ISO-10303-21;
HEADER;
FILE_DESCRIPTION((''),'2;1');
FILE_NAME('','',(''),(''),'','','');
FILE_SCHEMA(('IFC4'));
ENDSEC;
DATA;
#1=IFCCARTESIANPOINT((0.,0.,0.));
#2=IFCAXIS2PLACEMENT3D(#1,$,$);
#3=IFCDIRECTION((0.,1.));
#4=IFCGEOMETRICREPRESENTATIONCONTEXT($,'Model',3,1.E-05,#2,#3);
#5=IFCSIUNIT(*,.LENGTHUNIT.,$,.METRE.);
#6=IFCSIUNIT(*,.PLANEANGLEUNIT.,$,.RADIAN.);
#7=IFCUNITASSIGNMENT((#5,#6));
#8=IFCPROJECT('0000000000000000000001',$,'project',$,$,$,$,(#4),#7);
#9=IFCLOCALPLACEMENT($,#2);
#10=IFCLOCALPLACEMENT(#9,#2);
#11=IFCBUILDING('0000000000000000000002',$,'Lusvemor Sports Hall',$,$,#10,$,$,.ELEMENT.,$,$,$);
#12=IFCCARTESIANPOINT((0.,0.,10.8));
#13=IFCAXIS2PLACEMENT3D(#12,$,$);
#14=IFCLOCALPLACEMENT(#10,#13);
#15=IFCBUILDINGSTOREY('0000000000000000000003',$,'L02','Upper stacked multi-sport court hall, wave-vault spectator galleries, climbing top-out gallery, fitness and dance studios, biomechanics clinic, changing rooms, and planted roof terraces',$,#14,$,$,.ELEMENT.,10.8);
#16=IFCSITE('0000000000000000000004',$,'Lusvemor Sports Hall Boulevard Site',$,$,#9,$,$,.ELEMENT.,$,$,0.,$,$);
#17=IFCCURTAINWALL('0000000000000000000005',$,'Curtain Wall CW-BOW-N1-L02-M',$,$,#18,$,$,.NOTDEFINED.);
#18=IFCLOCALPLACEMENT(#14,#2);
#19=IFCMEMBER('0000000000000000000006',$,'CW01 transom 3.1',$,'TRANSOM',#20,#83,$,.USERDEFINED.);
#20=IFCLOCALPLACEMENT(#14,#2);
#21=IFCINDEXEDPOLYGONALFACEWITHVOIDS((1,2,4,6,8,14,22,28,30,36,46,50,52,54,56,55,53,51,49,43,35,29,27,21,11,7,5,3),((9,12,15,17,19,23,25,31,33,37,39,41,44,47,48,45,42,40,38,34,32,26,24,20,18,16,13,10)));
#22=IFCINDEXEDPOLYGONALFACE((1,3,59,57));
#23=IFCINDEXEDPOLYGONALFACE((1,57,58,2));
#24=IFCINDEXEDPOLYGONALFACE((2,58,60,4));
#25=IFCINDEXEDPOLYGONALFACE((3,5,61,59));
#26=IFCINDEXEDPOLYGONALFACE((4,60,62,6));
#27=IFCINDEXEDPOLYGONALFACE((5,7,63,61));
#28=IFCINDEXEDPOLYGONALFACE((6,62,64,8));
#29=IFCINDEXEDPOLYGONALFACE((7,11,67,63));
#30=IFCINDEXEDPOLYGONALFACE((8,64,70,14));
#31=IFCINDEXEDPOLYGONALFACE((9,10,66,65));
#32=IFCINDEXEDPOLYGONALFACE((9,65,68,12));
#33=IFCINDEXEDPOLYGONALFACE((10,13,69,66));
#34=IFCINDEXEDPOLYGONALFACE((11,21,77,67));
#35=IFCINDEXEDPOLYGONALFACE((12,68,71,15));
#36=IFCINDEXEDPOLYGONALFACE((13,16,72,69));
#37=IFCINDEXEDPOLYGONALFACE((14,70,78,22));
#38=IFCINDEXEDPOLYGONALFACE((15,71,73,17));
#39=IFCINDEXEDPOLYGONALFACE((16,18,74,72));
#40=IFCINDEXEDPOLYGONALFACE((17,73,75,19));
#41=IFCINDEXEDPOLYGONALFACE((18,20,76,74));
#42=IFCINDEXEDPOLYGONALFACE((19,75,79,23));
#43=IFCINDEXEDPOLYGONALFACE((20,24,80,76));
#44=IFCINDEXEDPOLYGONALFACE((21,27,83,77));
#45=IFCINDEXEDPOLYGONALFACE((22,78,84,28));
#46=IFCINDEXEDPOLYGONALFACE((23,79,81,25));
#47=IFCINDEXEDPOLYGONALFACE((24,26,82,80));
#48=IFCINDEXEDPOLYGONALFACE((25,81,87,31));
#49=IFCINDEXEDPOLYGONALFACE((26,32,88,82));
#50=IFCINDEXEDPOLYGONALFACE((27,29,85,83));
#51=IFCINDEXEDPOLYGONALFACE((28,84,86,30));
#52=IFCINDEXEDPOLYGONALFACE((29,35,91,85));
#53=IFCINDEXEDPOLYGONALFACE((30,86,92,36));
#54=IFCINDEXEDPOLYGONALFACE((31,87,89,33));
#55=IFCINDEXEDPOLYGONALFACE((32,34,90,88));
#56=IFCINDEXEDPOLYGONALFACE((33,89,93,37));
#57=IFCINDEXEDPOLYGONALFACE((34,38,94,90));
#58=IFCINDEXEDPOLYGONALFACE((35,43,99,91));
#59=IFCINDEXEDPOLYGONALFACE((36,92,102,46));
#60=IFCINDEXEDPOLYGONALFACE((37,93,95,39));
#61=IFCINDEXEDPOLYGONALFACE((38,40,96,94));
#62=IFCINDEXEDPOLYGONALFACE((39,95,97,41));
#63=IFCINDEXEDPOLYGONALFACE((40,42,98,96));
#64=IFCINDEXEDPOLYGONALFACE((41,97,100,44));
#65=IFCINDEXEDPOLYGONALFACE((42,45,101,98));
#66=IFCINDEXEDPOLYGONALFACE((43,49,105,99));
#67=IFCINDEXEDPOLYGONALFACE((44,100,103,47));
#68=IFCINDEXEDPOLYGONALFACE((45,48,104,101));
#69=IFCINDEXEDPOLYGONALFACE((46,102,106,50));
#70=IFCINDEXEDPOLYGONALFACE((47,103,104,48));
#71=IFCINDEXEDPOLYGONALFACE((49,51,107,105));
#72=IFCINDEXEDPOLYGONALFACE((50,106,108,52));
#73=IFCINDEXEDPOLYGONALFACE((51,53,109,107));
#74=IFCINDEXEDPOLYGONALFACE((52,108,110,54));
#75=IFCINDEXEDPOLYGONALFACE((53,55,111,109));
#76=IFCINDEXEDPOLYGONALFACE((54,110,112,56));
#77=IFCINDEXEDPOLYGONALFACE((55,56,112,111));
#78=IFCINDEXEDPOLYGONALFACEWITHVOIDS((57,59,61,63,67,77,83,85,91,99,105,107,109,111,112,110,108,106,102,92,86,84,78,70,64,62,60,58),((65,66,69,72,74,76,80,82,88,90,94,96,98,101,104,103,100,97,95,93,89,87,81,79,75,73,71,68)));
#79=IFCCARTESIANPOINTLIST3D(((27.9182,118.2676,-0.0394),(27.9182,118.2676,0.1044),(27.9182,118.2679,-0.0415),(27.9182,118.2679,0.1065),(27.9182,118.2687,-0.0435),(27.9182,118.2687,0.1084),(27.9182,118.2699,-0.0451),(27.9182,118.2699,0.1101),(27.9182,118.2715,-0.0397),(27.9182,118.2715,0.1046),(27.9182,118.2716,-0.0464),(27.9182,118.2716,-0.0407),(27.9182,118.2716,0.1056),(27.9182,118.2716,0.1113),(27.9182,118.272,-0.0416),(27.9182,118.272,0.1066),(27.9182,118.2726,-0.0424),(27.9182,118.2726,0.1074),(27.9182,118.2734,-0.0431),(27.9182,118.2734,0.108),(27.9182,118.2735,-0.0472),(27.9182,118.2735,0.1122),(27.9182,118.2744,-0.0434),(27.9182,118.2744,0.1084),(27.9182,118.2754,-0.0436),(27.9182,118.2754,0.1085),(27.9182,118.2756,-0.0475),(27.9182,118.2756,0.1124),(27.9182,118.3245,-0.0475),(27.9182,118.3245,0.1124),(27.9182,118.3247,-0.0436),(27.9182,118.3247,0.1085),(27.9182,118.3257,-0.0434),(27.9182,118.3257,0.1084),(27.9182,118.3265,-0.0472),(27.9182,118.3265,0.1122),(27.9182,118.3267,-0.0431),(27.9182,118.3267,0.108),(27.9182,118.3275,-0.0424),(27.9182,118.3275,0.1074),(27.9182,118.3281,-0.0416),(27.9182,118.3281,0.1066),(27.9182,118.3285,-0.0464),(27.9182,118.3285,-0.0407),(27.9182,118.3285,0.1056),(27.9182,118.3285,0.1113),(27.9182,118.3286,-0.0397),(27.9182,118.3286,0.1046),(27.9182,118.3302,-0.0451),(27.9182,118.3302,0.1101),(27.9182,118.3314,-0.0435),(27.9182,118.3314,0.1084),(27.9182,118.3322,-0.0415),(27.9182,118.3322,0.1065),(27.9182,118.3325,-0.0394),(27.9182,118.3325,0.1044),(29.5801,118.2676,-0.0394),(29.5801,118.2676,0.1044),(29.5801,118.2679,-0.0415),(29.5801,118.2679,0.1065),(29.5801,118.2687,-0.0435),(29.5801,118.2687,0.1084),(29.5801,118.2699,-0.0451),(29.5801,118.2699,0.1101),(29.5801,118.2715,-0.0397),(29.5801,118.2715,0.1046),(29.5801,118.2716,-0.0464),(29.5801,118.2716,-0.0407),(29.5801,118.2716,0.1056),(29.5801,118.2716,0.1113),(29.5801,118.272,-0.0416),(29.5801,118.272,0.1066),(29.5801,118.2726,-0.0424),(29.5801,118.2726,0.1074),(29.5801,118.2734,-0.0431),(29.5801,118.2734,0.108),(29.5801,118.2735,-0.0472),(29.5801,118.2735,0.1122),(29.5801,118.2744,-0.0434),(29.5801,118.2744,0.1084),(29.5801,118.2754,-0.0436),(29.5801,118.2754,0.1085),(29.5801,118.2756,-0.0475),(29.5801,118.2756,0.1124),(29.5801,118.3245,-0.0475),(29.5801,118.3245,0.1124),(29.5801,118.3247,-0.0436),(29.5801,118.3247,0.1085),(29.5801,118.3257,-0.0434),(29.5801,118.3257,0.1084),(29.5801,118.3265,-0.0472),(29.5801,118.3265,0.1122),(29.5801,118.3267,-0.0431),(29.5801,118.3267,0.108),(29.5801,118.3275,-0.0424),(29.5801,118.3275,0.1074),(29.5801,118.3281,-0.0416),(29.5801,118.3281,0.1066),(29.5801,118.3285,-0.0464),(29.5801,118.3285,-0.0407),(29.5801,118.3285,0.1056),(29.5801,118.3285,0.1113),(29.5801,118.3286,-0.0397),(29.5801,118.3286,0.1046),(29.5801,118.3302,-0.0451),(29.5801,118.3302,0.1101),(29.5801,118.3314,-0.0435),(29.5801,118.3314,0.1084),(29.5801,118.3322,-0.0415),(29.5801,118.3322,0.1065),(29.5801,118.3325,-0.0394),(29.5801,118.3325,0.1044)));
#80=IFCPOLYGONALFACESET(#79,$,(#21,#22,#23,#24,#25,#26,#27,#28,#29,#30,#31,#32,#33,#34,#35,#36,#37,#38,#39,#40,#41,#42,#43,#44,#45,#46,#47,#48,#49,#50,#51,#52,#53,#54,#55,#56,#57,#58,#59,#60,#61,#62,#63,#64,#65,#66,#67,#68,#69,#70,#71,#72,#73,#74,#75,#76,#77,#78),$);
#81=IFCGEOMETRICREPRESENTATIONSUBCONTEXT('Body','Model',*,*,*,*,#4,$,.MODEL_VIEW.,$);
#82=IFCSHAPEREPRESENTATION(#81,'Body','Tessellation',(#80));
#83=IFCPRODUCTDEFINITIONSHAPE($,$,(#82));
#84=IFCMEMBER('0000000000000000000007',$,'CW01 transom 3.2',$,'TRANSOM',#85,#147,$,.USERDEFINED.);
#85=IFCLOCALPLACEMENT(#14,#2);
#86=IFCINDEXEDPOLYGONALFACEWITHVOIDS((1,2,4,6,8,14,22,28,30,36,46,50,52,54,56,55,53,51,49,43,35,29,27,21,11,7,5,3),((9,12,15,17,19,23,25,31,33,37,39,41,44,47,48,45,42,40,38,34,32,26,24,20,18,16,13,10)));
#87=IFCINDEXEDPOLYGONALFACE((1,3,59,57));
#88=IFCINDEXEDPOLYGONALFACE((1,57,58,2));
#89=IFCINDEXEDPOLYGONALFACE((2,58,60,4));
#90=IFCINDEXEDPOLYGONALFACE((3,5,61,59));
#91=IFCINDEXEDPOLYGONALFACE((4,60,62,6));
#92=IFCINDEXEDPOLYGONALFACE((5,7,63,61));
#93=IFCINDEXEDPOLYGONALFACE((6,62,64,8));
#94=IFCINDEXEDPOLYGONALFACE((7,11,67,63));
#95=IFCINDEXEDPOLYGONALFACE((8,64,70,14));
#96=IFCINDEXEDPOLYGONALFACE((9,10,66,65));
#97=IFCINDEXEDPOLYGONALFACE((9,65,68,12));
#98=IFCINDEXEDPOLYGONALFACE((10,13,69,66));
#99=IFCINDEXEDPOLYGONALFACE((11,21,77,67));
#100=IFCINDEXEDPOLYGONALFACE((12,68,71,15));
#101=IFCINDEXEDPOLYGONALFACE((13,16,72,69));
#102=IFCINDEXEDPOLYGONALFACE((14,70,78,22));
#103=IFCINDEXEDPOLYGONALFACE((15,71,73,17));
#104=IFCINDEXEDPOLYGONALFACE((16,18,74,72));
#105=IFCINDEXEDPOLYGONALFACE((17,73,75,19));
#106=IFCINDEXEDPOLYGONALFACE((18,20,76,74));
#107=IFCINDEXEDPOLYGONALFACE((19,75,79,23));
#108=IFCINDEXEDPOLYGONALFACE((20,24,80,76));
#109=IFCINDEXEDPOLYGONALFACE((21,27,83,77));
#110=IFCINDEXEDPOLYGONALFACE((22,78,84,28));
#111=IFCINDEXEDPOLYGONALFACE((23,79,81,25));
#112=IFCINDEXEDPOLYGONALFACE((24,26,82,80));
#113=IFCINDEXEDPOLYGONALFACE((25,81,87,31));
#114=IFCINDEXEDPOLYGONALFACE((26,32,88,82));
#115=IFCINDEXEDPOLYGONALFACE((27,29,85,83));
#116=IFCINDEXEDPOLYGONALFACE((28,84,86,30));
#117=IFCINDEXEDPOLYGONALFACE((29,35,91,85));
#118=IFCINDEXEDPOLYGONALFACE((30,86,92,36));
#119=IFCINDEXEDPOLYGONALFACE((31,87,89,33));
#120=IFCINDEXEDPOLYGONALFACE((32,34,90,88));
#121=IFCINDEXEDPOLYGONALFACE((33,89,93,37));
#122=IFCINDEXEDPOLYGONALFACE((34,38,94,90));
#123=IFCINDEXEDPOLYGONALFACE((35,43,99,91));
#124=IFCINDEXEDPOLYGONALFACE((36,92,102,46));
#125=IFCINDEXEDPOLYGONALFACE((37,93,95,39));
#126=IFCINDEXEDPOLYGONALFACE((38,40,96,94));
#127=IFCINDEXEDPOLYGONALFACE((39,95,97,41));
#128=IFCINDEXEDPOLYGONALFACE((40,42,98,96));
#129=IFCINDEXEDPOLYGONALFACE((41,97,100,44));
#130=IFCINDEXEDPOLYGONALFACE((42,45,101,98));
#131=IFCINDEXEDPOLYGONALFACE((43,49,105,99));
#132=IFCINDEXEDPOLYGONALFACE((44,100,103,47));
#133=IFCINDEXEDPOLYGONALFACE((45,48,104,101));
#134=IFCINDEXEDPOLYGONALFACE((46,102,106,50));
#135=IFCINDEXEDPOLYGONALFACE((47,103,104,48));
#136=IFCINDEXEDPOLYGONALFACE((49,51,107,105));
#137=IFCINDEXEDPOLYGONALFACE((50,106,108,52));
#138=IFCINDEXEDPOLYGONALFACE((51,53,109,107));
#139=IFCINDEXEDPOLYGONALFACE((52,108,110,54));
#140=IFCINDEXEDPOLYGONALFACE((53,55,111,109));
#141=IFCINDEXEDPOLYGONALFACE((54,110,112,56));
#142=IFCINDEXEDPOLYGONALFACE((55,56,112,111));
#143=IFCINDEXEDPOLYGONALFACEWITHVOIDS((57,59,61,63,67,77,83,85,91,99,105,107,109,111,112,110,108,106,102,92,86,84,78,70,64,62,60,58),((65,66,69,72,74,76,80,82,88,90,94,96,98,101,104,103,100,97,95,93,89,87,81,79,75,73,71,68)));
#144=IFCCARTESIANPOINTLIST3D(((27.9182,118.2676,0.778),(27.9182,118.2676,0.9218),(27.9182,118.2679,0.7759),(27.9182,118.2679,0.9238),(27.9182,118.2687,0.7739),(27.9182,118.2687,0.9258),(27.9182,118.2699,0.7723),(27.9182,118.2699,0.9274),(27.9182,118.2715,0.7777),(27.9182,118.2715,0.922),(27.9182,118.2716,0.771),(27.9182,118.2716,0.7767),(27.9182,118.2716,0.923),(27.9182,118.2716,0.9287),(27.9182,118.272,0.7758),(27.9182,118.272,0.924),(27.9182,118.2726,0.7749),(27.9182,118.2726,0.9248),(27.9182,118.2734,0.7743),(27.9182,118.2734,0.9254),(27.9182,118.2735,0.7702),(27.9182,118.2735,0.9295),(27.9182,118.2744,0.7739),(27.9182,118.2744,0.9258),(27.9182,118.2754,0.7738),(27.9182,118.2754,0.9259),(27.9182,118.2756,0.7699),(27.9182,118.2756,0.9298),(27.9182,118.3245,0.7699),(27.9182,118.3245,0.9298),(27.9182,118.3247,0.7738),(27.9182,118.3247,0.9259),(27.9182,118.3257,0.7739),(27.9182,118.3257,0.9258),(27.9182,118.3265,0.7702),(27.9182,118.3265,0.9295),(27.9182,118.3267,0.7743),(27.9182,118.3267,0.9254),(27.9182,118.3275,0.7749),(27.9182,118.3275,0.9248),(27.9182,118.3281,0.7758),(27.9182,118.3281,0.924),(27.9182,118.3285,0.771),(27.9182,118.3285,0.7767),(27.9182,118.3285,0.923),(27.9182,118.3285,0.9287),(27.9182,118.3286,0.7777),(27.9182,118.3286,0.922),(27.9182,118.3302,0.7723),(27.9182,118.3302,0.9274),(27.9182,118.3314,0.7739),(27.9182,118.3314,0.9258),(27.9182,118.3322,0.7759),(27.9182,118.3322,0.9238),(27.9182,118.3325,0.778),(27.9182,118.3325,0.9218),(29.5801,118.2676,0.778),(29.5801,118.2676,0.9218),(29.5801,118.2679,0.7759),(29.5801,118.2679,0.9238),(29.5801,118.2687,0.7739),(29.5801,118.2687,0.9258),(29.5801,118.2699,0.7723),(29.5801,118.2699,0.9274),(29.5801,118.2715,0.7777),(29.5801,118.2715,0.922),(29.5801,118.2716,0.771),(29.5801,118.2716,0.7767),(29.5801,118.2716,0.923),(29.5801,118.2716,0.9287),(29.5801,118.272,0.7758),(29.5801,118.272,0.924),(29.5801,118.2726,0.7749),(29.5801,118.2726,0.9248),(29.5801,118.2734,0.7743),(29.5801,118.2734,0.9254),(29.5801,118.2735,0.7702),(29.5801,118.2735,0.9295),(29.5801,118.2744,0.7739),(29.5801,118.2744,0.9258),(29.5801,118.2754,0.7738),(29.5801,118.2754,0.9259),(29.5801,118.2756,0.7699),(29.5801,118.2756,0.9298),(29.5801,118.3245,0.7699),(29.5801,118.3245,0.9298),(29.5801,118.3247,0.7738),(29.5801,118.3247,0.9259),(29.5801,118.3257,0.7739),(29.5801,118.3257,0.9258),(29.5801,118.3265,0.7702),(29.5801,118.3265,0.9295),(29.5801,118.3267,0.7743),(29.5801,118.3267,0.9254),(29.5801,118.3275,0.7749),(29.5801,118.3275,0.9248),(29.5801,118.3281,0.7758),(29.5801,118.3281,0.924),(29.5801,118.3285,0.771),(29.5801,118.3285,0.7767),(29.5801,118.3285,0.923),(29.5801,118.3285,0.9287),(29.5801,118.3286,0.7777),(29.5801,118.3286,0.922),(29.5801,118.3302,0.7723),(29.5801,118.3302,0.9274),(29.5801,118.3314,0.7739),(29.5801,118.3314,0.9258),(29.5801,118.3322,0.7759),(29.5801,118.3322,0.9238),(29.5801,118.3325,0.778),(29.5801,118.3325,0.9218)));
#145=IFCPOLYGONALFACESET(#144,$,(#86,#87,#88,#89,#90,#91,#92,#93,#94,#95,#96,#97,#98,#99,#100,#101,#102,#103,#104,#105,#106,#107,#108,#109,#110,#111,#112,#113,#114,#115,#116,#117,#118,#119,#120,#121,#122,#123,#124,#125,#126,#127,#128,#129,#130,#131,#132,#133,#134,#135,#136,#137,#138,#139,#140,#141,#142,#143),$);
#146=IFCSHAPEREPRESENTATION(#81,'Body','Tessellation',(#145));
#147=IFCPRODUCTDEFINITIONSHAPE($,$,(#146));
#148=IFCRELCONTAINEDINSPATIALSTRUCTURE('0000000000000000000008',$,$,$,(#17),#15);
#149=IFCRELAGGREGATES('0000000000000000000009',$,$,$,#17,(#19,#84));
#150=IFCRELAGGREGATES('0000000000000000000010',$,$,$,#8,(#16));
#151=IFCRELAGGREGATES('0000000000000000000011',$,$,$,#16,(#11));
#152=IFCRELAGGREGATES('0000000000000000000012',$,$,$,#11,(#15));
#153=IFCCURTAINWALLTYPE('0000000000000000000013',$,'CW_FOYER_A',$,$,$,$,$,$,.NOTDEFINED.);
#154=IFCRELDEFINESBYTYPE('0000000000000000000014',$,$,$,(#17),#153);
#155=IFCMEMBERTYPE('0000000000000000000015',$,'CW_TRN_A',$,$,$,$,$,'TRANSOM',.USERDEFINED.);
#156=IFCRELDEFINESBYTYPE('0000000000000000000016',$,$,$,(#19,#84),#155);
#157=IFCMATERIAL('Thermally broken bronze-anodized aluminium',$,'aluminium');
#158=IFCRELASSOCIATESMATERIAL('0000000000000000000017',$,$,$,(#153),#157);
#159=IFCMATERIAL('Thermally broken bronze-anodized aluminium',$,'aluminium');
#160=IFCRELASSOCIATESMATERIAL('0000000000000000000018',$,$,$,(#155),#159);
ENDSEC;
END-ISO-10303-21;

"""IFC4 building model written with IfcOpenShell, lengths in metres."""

from ifc_helpers import new_model, si_unit, direction, frame, origin, origin_2d, place, context, subcontext, project, spatial, hollow_rectangle, extrude, material, material_profile, profile_set, type_object, element, aggregate, save


model = new_model("IFC4")

# Units and contexts
model_context = context("Model", 3, precision=1e-05, world=origin(), true_north=direction((0.0, 1.0)))
body_context = subcontext(model_context, "Body", "Model", "MODEL_VIEW")
ifc_project = project(units=[si_unit("LENGTHUNIT", "METRE"), si_unit("PLANEANGLEUNIT", "RADIAN")], contexts=[model_context])

# Site, building, storey
site_placement = place(None, origin())
site = spatial("IfcSite", under=ifc_project, at=site_placement, Name="Lusvemor Sports Hall Boulevard Site", CompositionType="ELEMENT", RefElevation=0.0)
building_placement = place(site_placement, origin())
building = spatial("IfcBuilding", under=site, at=building_placement, Name="Lusvemor Sports Hall", CompositionType="ELEMENT")
storey_placement = place(building_placement, frame((0.0, 0.0, 10.8)))
storey = spatial("IfcBuildingStorey", under=building, at=storey_placement, Name="L02", Description="Upper stacked multi-sport court hall, wave-vault spectator galleries, climbing top-out gallery, fitness and dance studios, biomechanics clinic, changing rooms, and planted roof terraces", CompositionType="ELEMENT", Elevation=10.8)

# Curtain wall
ifc_material_1 = material(Name="Thermally broken bronze-anodized aluminium", Category="aluminium")
curtain_wall_type_1 = type_object("IfcCurtainWallType", Name="CW_FOYER_A", PredefinedType="NOTDEFINED", material=ifc_material_1)
curtain_wall_1_placement = place(storey_placement, origin())
curtain_wall_1 = element("IfcCurtainWall", 1, at=curtain_wall_1_placement, inside=storey, type_object=curtain_wall_type_1, Name="Curtain Wall CW-BOW-N1-L02-M", PredefinedType="NOTDEFINED")

# Members
ifc_material_2 = material(Name="Thermally broken bronze-anodized aluminium", Category="aluminium")
ifc_material_profile_1 = material_profile(ifc_material_2, hollow_rectangle(XDim=0.0649, YDim=0.1599, WallThickness=0.0039, InnerFilletRadius=0.0039, OuterFilletRadius=0.0081, at=origin_2d()), Name="CWTRN160x65x4")
ifc_profile_set_1 = profile_set([ifc_material_profile_1], Name="Thermally broken bronze-anodized aluminium")
member_type_1 = type_object("IfcMemberType", Name="CW_TRN_A", ElementType="TRANSOM", PredefinedType="USERDEFINED", material=ifc_profile_set_1)
member_1_placement = place(storey_placement, frame((27.9182, 118.3, 0.0325), z_axis=(1.0, 0.0, 0.0), x_axis=(0.0, 1.0, 0.0)))
member_1 = element("IfcMember", 2, at=member_1_placement, type_object=member_type_1, Name="CW01 transom 3.1", ObjectType="TRANSOM", PredefinedType="USERDEFINED", context=body_context, shape_type="SweptSolid", body=[
    extrude(hollow_rectangle(XDim=0.0649, YDim=0.1599, WallThickness=0.0039, InnerFilletRadius=0.0039, OuterFilletRadius=0.0081, at=origin_2d()), origin(), (0.0, 0.0, 1.0), 1.6619),
])
member_2_placement = place(storey_placement, frame((27.9182, 118.3, 0.8499), z_axis=(1.0, 0.0, 0.0), x_axis=(0.0, 1.0, 0.0)))
member_2 = element("IfcMember", 3, at=member_2_placement, type_object=member_type_1, Name="CW01 transom 3.2", ObjectType="TRANSOM", PredefinedType="USERDEFINED", context=body_context, shape_type="SweptSolid", body=[
    extrude(hollow_rectangle(XDim=0.0649, YDim=0.1599, WallThickness=0.0039, InnerFilletRadius=0.0039, OuterFilletRadius=0.0081, at=origin_2d()), origin(), (0.0, 0.0, 1.0), 1.6619),
])

aggregate(curtain_wall_1, [member_1, member_2])

save(model, "model.ifc")
